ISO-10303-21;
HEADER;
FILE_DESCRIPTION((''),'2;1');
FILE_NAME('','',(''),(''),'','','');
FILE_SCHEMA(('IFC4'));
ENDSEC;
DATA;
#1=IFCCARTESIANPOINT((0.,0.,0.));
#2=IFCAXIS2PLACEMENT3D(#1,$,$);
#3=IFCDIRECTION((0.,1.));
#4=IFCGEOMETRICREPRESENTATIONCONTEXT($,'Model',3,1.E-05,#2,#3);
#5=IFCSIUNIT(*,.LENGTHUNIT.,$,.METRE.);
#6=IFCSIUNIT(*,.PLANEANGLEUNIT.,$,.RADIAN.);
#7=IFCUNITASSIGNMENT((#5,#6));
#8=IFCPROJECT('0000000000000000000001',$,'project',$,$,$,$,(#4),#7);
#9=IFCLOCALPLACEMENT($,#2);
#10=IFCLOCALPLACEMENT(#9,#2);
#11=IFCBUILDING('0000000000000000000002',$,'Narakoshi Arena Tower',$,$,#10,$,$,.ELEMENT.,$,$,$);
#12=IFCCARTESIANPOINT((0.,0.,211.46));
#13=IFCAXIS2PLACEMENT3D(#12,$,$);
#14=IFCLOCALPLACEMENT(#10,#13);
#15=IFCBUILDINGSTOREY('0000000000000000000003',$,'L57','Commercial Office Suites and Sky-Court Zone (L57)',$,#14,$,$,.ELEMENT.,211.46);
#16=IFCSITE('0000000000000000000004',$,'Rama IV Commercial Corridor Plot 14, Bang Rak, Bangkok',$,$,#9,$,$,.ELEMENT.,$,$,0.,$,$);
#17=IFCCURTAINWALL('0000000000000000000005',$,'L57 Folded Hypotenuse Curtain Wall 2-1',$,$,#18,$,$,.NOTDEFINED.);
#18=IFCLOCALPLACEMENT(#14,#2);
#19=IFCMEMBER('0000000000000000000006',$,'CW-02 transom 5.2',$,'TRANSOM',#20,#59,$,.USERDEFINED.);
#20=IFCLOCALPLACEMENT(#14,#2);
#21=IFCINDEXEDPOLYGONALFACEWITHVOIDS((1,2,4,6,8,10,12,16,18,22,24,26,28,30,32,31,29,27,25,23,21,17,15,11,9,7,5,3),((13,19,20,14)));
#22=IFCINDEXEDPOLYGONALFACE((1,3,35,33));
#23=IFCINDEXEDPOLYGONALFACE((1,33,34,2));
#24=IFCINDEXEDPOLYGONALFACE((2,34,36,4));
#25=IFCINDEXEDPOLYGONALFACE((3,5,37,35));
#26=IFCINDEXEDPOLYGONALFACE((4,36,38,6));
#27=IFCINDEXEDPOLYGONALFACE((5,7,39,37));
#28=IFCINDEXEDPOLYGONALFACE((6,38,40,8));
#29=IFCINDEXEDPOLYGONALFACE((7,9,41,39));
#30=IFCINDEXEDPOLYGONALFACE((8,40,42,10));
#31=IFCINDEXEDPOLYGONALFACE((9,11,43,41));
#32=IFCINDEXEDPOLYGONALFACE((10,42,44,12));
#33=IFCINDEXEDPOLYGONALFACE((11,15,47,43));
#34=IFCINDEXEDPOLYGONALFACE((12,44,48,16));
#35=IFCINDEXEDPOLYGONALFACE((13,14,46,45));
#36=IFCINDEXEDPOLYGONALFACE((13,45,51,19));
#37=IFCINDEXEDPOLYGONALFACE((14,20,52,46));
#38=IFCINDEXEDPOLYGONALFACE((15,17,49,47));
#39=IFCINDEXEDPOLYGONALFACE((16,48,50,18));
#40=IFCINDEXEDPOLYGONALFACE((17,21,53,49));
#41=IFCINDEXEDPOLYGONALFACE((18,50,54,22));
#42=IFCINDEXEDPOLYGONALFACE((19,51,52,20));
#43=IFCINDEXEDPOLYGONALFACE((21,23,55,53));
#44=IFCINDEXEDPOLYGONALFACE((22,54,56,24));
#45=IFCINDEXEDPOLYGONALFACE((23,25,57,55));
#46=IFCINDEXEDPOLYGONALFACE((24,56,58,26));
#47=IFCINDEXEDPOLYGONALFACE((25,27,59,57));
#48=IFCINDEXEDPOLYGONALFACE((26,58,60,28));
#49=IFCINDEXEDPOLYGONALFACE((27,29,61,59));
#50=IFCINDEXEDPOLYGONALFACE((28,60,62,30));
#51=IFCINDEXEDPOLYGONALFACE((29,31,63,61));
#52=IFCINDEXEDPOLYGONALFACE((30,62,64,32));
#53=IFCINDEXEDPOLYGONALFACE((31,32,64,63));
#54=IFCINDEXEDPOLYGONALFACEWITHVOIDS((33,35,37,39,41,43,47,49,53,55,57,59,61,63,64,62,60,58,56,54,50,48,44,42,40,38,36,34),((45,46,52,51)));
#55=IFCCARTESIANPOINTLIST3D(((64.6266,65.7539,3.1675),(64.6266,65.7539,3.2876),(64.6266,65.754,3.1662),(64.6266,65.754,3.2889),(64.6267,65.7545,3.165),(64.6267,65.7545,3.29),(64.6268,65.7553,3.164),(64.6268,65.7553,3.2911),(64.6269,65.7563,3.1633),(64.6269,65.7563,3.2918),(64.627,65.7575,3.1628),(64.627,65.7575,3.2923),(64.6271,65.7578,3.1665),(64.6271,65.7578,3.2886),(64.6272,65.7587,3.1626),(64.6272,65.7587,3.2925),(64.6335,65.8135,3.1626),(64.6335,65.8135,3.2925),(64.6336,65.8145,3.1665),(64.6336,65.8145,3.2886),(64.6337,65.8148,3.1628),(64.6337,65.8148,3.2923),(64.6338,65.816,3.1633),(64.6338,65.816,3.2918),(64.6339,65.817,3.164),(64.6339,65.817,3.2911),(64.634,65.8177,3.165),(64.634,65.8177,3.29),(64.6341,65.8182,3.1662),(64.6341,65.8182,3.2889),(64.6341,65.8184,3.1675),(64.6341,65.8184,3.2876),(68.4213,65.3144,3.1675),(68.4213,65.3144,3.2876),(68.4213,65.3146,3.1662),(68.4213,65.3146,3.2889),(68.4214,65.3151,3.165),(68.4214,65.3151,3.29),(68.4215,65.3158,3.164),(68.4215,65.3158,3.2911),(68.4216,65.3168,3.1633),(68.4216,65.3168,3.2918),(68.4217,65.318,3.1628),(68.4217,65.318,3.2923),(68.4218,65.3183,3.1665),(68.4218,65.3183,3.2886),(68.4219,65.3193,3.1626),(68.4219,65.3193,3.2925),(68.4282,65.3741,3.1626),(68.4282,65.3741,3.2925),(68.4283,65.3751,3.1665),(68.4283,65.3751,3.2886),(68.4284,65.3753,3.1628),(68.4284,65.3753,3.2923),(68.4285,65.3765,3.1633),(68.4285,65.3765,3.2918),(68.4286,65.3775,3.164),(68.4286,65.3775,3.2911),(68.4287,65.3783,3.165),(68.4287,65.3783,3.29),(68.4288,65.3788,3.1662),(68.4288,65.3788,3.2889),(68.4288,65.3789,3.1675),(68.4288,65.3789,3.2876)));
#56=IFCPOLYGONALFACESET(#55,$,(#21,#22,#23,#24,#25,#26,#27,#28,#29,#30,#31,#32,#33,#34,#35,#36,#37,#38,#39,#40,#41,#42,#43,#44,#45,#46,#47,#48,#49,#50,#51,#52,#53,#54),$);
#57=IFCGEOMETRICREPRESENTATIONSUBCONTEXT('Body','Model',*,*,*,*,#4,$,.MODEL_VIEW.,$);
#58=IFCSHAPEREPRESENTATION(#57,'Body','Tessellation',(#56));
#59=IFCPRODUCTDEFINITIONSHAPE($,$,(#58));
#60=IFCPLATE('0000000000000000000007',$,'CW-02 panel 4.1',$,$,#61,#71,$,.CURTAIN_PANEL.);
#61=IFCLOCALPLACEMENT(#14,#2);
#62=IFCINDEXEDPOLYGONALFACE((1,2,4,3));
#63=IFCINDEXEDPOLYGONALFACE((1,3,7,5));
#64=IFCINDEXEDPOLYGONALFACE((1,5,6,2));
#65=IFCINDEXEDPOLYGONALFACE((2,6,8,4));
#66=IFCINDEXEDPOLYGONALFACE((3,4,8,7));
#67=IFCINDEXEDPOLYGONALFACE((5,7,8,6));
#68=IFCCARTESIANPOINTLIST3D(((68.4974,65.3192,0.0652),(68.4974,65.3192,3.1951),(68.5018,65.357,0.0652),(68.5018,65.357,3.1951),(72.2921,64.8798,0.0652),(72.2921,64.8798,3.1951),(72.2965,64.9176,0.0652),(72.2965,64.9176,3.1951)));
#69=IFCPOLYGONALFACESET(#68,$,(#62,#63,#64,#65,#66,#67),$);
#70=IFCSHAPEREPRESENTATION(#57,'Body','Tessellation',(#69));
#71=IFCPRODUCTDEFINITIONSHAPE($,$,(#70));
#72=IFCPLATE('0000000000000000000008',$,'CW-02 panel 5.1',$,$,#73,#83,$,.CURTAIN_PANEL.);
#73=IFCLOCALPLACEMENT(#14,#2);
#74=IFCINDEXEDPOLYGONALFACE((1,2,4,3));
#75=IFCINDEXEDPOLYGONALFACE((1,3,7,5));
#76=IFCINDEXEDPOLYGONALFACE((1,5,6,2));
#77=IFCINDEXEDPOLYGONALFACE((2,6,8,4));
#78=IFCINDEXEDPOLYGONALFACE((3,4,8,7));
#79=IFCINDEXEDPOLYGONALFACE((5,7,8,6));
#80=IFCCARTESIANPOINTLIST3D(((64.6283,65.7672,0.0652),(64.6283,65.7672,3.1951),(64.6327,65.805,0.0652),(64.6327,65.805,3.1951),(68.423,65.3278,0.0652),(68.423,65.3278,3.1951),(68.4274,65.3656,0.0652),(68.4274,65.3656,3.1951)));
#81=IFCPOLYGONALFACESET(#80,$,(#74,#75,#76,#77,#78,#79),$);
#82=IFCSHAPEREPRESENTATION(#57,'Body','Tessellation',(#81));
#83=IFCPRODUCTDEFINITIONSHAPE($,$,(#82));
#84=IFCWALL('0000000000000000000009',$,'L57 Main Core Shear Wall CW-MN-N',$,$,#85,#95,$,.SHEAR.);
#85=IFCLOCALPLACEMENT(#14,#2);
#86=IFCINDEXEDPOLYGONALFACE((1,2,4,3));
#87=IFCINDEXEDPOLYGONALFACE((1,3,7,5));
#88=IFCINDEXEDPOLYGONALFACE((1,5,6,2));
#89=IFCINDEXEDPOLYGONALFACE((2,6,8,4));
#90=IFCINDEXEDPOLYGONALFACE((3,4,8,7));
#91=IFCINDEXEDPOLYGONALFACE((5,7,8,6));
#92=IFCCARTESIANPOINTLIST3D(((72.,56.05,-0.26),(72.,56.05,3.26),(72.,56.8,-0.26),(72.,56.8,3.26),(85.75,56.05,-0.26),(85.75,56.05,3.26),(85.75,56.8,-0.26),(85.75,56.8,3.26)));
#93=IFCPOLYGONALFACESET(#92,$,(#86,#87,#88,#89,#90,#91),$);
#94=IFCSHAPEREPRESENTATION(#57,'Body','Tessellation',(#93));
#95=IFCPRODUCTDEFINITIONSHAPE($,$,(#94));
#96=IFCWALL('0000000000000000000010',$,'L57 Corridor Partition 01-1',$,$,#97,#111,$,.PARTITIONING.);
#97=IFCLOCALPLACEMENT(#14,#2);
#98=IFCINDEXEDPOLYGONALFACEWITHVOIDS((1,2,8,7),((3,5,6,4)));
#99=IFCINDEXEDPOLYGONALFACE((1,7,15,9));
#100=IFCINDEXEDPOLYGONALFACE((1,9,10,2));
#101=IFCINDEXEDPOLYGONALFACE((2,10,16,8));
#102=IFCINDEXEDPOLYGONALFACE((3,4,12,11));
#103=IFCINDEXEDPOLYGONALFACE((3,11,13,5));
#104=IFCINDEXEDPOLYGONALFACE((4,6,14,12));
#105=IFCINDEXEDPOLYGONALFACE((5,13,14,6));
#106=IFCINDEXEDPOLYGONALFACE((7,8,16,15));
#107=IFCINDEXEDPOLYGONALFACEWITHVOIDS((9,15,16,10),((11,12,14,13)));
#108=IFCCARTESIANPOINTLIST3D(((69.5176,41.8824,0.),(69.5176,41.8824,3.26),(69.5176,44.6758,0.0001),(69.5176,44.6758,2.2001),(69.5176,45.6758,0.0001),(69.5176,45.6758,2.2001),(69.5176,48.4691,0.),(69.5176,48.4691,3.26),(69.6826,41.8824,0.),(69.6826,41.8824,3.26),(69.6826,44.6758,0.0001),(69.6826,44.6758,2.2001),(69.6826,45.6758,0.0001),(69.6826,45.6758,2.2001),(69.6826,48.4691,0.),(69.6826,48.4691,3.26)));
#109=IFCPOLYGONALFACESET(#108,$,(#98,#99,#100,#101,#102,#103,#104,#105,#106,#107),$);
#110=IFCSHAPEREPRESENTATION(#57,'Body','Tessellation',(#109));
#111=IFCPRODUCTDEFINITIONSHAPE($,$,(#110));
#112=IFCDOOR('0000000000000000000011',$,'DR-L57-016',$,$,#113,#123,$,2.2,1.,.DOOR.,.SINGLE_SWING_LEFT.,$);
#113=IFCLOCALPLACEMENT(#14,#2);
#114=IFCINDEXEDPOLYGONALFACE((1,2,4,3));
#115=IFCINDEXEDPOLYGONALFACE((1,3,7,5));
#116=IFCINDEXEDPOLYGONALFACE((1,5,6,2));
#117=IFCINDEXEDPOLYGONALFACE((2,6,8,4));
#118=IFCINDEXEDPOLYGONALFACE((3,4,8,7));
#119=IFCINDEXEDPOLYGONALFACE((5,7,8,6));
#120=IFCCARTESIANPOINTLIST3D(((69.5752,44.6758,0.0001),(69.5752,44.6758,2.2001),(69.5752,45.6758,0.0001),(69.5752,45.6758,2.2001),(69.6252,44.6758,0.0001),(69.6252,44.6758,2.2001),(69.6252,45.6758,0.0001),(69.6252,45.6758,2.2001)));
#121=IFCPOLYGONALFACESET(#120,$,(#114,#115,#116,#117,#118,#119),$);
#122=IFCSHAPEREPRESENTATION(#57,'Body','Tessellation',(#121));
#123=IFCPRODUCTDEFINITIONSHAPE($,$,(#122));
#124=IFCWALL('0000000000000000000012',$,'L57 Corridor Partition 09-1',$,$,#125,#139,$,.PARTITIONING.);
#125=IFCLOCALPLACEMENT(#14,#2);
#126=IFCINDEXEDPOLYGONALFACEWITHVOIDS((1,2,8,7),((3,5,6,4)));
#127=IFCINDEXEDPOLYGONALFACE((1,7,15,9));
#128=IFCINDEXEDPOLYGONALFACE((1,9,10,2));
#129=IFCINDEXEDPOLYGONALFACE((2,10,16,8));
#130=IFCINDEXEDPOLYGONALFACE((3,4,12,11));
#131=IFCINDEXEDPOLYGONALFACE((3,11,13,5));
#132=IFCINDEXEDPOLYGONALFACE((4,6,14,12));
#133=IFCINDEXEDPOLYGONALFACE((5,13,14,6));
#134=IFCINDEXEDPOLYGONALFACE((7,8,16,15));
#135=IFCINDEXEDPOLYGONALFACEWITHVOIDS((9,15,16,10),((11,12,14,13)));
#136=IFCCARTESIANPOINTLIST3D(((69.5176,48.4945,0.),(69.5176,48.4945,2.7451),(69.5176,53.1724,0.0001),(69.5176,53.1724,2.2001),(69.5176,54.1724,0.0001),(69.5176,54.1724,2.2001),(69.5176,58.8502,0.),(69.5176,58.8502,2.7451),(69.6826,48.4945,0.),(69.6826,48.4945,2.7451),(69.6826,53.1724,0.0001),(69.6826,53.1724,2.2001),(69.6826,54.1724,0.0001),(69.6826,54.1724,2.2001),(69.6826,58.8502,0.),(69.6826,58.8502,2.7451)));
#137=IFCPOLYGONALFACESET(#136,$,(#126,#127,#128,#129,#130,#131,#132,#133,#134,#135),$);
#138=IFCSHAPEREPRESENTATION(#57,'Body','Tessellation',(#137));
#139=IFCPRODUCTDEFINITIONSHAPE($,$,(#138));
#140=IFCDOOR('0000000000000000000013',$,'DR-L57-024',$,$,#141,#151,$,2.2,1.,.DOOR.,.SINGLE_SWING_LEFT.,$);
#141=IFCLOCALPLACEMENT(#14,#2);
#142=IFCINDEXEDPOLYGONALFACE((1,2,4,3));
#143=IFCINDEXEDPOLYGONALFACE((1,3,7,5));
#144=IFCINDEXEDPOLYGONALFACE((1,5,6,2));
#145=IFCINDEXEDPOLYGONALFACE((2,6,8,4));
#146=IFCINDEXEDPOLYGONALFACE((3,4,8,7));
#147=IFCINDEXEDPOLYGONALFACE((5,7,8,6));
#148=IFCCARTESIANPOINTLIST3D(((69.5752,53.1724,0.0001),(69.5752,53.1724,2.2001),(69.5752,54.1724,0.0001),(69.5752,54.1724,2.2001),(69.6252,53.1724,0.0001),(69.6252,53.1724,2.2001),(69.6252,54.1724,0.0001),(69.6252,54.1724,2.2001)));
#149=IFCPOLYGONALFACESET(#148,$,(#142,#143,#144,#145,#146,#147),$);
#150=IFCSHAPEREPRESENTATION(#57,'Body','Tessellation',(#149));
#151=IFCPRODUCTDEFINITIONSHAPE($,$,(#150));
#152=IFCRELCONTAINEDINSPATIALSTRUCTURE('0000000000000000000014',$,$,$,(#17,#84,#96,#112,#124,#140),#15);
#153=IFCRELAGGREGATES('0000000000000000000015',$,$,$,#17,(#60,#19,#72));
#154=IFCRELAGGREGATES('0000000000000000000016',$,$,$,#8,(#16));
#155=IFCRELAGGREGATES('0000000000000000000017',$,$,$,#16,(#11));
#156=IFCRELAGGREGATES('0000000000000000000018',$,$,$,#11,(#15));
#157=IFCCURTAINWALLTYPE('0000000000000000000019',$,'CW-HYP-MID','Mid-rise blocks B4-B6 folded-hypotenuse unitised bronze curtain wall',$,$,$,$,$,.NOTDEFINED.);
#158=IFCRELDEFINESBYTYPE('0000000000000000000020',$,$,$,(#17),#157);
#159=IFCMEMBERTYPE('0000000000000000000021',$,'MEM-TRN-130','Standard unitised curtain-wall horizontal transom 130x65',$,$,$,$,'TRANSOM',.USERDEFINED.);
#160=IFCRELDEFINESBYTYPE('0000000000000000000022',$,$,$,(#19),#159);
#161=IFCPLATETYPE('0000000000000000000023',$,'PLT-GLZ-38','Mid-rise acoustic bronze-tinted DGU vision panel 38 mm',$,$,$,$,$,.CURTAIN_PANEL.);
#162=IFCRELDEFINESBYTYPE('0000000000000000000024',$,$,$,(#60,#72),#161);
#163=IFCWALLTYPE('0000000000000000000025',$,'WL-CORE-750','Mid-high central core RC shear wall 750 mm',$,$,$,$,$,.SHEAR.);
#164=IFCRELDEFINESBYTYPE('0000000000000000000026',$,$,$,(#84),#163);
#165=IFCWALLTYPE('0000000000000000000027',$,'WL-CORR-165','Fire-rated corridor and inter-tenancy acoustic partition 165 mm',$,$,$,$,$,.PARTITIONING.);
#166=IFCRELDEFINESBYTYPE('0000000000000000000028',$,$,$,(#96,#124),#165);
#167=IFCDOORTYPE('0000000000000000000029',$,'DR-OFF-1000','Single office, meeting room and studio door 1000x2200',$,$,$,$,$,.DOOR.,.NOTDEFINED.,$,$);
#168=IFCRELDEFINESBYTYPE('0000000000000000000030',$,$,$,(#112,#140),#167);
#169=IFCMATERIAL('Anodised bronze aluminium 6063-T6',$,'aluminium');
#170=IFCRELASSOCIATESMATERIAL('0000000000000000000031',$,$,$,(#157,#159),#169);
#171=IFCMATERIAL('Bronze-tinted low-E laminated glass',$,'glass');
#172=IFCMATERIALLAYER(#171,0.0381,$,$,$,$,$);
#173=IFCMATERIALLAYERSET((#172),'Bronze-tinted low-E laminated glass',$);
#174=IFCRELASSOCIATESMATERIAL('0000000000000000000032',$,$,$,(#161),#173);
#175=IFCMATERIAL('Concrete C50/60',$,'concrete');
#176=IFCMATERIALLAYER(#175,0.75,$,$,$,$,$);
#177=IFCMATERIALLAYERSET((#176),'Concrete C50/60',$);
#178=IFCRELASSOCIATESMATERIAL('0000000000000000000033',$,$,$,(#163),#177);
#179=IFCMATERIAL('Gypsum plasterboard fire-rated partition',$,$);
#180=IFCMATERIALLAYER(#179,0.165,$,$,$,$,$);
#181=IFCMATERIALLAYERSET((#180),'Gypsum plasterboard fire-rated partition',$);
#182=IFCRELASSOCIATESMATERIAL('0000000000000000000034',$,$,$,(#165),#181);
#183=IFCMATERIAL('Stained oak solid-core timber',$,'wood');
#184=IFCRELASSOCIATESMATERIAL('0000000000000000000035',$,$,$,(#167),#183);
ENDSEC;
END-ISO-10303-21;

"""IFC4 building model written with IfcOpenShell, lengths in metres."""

from ifc_helpers import new_model, si_unit, direction, frame, frame_2d, origin, origin_2d, place, context, subcontext, project, spatial, rectangle, hollow_rectangle, extrude, material, layer, layer_set, material_profile, profile_set, type_object, element, fill, aggregate, save


model = new_model("IFC4")

# Units and contexts
model_context = context("Model", 3, precision=1e-05, world=origin(), true_north=direction((0.0, 1.0)))
body_context = subcontext(model_context, "Body", "Model", "MODEL_VIEW")
ifc_project = project(units=[si_unit("LENGTHUNIT", "METRE"), si_unit("PLANEANGLEUNIT", "RADIAN")], contexts=[model_context])

# Site, building, storey
site_placement = place(None, origin())
site = spatial("IfcSite", under=ifc_project, at=site_placement, Name="Rama IV Commercial Corridor Plot 14, Bang Rak, Bangkok", CompositionType="ELEMENT", RefElevation=0.0)
building_placement = place(site_placement, origin())
building = spatial("IfcBuilding", under=site, at=building_placement, Name="Narakoshi Arena Tower", CompositionType="ELEMENT")
storey_placement = place(building_placement, frame((0.0, 0.0, 211.46)))
storey = spatial("IfcBuildingStorey", under=building, at=storey_placement, Name="L57", Description="Commercial Office Suites and Sky-Court Zone (L57)", CompositionType="ELEMENT", Elevation=211.46)

# Shared definitions
ifc_material_1 = material(Name="Concrete C50/60", Category="concrete")

# Curtain wall, member, plates
ifc_material_2 = material(Name="Anodised bronze aluminium 6063-T6", Category="aluminium")
curtain_wall_type = type_object("IfcCurtainWallType", Name="CW-HYP-MID", Description="Mid-rise blocks B4-B6 folded-hypotenuse unitised bronze curtain wall", PredefinedType="NOTDEFINED", material=ifc_material_2)
curtain_wall_placement = place(storey_placement, origin())
curtain_wall = element("IfcCurtainWall", 1, at=curtain_wall_placement, inside=storey, type_object=curtain_wall_type, Name="L57 Folded Hypotenuse Curtain Wall 2-1", PredefinedType="NOTDEFINED")
ifc_material_profile_1 = material_profile(ifc_material_2, hollow_rectangle(XDim=0.0649, YDim=0.1299, WallThickness=0.0039, OuterFilletRadius=0.0049, at=origin_2d()), Name="TRN130x65x4")
ifc_profile_set_1 = profile_set([ifc_material_profile_1], Name="Anodised bronze aluminium 6063-T6")
member_type_1 = type_object("IfcMemberType", Name="MEM-TRN-130", Description="Standard unitised curtain-wall horizontal transom 130x65", ElementType="TRANSOM", PredefinedType="USERDEFINED", material=ifc_profile_set_1)
member_1_placement = place(storey_placement, frame((68.425, 65.3467, 3.2275), z_axis=(-0.993361, 0.115039, 0.0), x_axis=(-0.115039, -0.993361, 0.0)))
member_1 = element("IfcMember", 2, at=member_1_placement, type_object=member_type_1, Name="CW-02 transom 5.2", ObjectType="TRANSOM", PredefinedType="USERDEFINED", context=body_context, shape_type="SweptSolid", body=[
    extrude(hollow_rectangle(XDim=0.0649, YDim=0.1299, WallThickness=0.0039, OuterFilletRadius=0.0049, at=origin_2d()), origin(), (0.0, 0.0, 1.0), 3.8201),
])
ifc_material_3 = material(Name="Bronze-tinted low-E laminated glass", Category="glass")
ifc_layer_1 = layer(ifc_material_3, 0.0381)
ifc_layer_set_1 = layer_set([ifc_layer_1], Name="Bronze-tinted low-E laminated glass")
plate_type = type_object("IfcPlateType", Name="PLT-GLZ-38", Description="Mid-rise acoustic bronze-tinted DGU vision panel 38 mm", PredefinedType="CURTAIN_PANEL", material=ifc_layer_set_1)
plate_1_placement = place(storey_placement, frame((70.397, 65.1184, 0.0652), z_axis=(0.0, 0.0, 1.0), x_axis=(-0.993364, 0.115011, 0.0)))
plate_1 = element("IfcPlate", 3, at=plate_1_placement, type_object=plate_type, Name="CW-02 panel 4.1", PredefinedType="CURTAIN_PANEL", context=body_context, shape_type="SweptSolid", body=[
    extrude(rectangle(XDim=3.8201, YDim=0.0381, at=origin_2d()), origin(), (0.0, 0.0, 1.0), 3.1299),
])
plate_2_placement = place(storey_placement, frame((66.5278, 65.5664, 0.0652), z_axis=(0.0, 0.0, 1.0), x_axis=(-0.993364, 0.115011, 0.0)))
plate_2 = element("IfcPlate", 4, at=plate_2_placement, type_object=plate_type, Name="CW-02 panel 5.1", PredefinedType="CURTAIN_PANEL", context=body_context, shape_type="SweptSolid", body=[
    extrude(rectangle(XDim=3.8201, YDim=0.0381, at=origin_2d()), origin(), (0.0, 0.0, 1.0), 3.1299),
])
aggregate(curtain_wall, [plate_1, member_1, plate_2])

# Wall
ifc_layer_2 = layer(ifc_material_1, 0.75)
ifc_layer_set_2 = layer_set([ifc_layer_2], Name="Concrete C50/60")
wall_type_1 = type_object("IfcWallType", Name="WL-CORE-750", Description="Mid-high central core RC shear wall 750 mm", PredefinedType="SHEAR", material=ifc_layer_set_2)
wall_1_placement = place(storey_placement, frame((72.0, 56.425, -0.26), z_axis=(0.0, 0.0, 1.0), x_axis=(1.0, 0.0, 0.0)))
element("IfcWall", 5, at=wall_1_placement, inside=storey, type_object=wall_type_1, Name="L57 Main Core Shear Wall CW-MN-N", PredefinedType="SHEAR", context=body_context, shape_type="SweptSolid", body=[
    extrude(rectangle(XDim=13.75, YDim=0.75, at=frame_2d((6.875, 0.0))), origin(), (0.0, 0.0, 1.0), 3.52),
])

# Walls, openings, doors
ifc_material_4 = material(Name="Gypsum plasterboard fire-rated partition")
ifc_layer_3 = layer(ifc_material_4, 0.165)
ifc_layer_set_3 = layer_set([ifc_layer_3], Name="Gypsum plasterboard fire-rated partition")
wall_type_2 = type_object("IfcWallType", Name="WL-CORR-165", Description="Fire-rated corridor and inter-tenancy acoustic partition 165 mm", PredefinedType="PARTITIONING", material=ifc_layer_set_3)
wall_2_placement = place(storey_placement, frame((69.6001, 48.4692, 0.0), z_axis=(0.0, 0.0, 1.0), x_axis=(0.0, -1.0, 0.0)))
wall_2 = element("IfcWall", 6, at=wall_2_placement, inside=storey, type_object=wall_type_2, Name="L57 Corridor Partition 01-1", PredefinedType="PARTITIONING", context=body_context, shape_type="SweptSolid", body=[
    extrude(rectangle(XDim=6.5867, YDim=0.165, at=frame_2d((3.2935, 0.0))), origin(), (0.0, 0.0, 1.0), 3.26),
])
opening_1_placement = place(wall_2_placement, frame((2.7935, 0.0, 0.0)))
opening_1 = element("IfcOpeningElement", 7, at=opening_1_placement, cuts=wall_2, PredefinedType="OPENING", context=body_context, shape_type="SweptSolid", body=[
    extrude(rectangle(XDim=1.0, YDim=2.2, at=frame_2d((0.5, 1.1001))), frame((0.0, 0.0925, 0.0), z_axis=(0.0, -1.0, 0.0), x_axis=(1.0, 0.0, 0.0)), (0.0, 0.0, 1.0), 0.1851),
])
ifc_material_5 = material(Name="Stained oak solid-core timber", Category="wood")
door_type_1 = type_object("IfcDoorType", Name="DR-OFF-1000", Description="Single office, meeting room and studio door 1000x2200", OperationType="NOTDEFINED", PredefinedType="DOOR", material=ifc_material_5)
door_1_placement = place(opening_1_placement, frame((1.0, 0.0, 0.0), z_axis=(0.0, 0.0, 1.0), x_axis=(-1.0, 0.0, 0.0)))
door_1 = element("IfcDoor", 8, at=door_1_placement, inside=storey, type_object=door_type_1, Name="DR-L57-016", OperationType="SINGLE_SWING_LEFT", OverallHeight=2.2, OverallWidth=1.0, PredefinedType="DOOR", context=body_context, shape_type="SweptSolid", body=[
    extrude(rectangle(XDim=1.0, YDim=2.2, at=frame_2d((0.5, 1.1001))), frame((0.0, 0.0249, 0.0), z_axis=(0.0, -1.0, 0.0), x_axis=(1.0, 0.0, 0.0)), (0.0, 0.0, 1.0), 0.05),
])
fill(opening_1, door_1)
wall_3_placement = place(storey_placement, frame((69.6001, 58.8501, 0.0), z_axis=(0.0, 0.0, 1.0), x_axis=(0.0, -1.0, 0.0)))
wall_3 = element("IfcWall", 9, at=wall_3_placement, inside=storey, type_object=wall_type_2, Name="L57 Corridor Partition 09-1", PredefinedType="PARTITIONING", context=body_context, shape_type="SweptSolid", body=[
    extrude(rectangle(XDim=10.3557, YDim=0.165, at=frame_2d((5.1777, 0.0))), origin(), (0.0, 0.0, 1.0), 2.7451),
])
opening_2_placement = place(wall_3_placement, frame((4.6777, 0.0, 0.0)))
opening_2 = element("IfcOpeningElement", 10, at=opening_2_placement, cuts=wall_3, PredefinedType="OPENING", context=body_context, shape_type="SweptSolid", body=[
    extrude(rectangle(XDim=1.0, YDim=2.2, at=frame_2d((0.5, 1.1001))), frame((0.0, 0.0925, 0.0), z_axis=(0.0, -1.0, 0.0), x_axis=(1.0, 0.0, 0.0)), (0.0, 0.0, 1.0), 0.1851),
])
door_2_placement = place(opening_2_placement, frame((1.0, 0.0, 0.0), z_axis=(0.0, 0.0, 1.0), x_axis=(-1.0, 0.0, 0.0)))
door_2 = element("IfcDoor", 11, at=door_2_placement, inside=storey, type_object=door_type_1, Name="DR-L57-024", OperationType="SINGLE_SWING_LEFT", OverallHeight=2.2, OverallWidth=1.0, PredefinedType="DOOR", context=body_context, shape_type="SweptSolid", body=[
    extrude(rectangle(XDim=1.0, YDim=2.2, at=frame_2d((0.5, 1.1001))), frame((0.0, 0.0249, 0.0), z_axis=(0.0, -1.0, 0.0), x_axis=(1.0, 0.0, 0.0)), (0.0, 0.0, 1.0), 0.05),
])
fill(opening_2, door_2)

save(model, "model.ifc")
